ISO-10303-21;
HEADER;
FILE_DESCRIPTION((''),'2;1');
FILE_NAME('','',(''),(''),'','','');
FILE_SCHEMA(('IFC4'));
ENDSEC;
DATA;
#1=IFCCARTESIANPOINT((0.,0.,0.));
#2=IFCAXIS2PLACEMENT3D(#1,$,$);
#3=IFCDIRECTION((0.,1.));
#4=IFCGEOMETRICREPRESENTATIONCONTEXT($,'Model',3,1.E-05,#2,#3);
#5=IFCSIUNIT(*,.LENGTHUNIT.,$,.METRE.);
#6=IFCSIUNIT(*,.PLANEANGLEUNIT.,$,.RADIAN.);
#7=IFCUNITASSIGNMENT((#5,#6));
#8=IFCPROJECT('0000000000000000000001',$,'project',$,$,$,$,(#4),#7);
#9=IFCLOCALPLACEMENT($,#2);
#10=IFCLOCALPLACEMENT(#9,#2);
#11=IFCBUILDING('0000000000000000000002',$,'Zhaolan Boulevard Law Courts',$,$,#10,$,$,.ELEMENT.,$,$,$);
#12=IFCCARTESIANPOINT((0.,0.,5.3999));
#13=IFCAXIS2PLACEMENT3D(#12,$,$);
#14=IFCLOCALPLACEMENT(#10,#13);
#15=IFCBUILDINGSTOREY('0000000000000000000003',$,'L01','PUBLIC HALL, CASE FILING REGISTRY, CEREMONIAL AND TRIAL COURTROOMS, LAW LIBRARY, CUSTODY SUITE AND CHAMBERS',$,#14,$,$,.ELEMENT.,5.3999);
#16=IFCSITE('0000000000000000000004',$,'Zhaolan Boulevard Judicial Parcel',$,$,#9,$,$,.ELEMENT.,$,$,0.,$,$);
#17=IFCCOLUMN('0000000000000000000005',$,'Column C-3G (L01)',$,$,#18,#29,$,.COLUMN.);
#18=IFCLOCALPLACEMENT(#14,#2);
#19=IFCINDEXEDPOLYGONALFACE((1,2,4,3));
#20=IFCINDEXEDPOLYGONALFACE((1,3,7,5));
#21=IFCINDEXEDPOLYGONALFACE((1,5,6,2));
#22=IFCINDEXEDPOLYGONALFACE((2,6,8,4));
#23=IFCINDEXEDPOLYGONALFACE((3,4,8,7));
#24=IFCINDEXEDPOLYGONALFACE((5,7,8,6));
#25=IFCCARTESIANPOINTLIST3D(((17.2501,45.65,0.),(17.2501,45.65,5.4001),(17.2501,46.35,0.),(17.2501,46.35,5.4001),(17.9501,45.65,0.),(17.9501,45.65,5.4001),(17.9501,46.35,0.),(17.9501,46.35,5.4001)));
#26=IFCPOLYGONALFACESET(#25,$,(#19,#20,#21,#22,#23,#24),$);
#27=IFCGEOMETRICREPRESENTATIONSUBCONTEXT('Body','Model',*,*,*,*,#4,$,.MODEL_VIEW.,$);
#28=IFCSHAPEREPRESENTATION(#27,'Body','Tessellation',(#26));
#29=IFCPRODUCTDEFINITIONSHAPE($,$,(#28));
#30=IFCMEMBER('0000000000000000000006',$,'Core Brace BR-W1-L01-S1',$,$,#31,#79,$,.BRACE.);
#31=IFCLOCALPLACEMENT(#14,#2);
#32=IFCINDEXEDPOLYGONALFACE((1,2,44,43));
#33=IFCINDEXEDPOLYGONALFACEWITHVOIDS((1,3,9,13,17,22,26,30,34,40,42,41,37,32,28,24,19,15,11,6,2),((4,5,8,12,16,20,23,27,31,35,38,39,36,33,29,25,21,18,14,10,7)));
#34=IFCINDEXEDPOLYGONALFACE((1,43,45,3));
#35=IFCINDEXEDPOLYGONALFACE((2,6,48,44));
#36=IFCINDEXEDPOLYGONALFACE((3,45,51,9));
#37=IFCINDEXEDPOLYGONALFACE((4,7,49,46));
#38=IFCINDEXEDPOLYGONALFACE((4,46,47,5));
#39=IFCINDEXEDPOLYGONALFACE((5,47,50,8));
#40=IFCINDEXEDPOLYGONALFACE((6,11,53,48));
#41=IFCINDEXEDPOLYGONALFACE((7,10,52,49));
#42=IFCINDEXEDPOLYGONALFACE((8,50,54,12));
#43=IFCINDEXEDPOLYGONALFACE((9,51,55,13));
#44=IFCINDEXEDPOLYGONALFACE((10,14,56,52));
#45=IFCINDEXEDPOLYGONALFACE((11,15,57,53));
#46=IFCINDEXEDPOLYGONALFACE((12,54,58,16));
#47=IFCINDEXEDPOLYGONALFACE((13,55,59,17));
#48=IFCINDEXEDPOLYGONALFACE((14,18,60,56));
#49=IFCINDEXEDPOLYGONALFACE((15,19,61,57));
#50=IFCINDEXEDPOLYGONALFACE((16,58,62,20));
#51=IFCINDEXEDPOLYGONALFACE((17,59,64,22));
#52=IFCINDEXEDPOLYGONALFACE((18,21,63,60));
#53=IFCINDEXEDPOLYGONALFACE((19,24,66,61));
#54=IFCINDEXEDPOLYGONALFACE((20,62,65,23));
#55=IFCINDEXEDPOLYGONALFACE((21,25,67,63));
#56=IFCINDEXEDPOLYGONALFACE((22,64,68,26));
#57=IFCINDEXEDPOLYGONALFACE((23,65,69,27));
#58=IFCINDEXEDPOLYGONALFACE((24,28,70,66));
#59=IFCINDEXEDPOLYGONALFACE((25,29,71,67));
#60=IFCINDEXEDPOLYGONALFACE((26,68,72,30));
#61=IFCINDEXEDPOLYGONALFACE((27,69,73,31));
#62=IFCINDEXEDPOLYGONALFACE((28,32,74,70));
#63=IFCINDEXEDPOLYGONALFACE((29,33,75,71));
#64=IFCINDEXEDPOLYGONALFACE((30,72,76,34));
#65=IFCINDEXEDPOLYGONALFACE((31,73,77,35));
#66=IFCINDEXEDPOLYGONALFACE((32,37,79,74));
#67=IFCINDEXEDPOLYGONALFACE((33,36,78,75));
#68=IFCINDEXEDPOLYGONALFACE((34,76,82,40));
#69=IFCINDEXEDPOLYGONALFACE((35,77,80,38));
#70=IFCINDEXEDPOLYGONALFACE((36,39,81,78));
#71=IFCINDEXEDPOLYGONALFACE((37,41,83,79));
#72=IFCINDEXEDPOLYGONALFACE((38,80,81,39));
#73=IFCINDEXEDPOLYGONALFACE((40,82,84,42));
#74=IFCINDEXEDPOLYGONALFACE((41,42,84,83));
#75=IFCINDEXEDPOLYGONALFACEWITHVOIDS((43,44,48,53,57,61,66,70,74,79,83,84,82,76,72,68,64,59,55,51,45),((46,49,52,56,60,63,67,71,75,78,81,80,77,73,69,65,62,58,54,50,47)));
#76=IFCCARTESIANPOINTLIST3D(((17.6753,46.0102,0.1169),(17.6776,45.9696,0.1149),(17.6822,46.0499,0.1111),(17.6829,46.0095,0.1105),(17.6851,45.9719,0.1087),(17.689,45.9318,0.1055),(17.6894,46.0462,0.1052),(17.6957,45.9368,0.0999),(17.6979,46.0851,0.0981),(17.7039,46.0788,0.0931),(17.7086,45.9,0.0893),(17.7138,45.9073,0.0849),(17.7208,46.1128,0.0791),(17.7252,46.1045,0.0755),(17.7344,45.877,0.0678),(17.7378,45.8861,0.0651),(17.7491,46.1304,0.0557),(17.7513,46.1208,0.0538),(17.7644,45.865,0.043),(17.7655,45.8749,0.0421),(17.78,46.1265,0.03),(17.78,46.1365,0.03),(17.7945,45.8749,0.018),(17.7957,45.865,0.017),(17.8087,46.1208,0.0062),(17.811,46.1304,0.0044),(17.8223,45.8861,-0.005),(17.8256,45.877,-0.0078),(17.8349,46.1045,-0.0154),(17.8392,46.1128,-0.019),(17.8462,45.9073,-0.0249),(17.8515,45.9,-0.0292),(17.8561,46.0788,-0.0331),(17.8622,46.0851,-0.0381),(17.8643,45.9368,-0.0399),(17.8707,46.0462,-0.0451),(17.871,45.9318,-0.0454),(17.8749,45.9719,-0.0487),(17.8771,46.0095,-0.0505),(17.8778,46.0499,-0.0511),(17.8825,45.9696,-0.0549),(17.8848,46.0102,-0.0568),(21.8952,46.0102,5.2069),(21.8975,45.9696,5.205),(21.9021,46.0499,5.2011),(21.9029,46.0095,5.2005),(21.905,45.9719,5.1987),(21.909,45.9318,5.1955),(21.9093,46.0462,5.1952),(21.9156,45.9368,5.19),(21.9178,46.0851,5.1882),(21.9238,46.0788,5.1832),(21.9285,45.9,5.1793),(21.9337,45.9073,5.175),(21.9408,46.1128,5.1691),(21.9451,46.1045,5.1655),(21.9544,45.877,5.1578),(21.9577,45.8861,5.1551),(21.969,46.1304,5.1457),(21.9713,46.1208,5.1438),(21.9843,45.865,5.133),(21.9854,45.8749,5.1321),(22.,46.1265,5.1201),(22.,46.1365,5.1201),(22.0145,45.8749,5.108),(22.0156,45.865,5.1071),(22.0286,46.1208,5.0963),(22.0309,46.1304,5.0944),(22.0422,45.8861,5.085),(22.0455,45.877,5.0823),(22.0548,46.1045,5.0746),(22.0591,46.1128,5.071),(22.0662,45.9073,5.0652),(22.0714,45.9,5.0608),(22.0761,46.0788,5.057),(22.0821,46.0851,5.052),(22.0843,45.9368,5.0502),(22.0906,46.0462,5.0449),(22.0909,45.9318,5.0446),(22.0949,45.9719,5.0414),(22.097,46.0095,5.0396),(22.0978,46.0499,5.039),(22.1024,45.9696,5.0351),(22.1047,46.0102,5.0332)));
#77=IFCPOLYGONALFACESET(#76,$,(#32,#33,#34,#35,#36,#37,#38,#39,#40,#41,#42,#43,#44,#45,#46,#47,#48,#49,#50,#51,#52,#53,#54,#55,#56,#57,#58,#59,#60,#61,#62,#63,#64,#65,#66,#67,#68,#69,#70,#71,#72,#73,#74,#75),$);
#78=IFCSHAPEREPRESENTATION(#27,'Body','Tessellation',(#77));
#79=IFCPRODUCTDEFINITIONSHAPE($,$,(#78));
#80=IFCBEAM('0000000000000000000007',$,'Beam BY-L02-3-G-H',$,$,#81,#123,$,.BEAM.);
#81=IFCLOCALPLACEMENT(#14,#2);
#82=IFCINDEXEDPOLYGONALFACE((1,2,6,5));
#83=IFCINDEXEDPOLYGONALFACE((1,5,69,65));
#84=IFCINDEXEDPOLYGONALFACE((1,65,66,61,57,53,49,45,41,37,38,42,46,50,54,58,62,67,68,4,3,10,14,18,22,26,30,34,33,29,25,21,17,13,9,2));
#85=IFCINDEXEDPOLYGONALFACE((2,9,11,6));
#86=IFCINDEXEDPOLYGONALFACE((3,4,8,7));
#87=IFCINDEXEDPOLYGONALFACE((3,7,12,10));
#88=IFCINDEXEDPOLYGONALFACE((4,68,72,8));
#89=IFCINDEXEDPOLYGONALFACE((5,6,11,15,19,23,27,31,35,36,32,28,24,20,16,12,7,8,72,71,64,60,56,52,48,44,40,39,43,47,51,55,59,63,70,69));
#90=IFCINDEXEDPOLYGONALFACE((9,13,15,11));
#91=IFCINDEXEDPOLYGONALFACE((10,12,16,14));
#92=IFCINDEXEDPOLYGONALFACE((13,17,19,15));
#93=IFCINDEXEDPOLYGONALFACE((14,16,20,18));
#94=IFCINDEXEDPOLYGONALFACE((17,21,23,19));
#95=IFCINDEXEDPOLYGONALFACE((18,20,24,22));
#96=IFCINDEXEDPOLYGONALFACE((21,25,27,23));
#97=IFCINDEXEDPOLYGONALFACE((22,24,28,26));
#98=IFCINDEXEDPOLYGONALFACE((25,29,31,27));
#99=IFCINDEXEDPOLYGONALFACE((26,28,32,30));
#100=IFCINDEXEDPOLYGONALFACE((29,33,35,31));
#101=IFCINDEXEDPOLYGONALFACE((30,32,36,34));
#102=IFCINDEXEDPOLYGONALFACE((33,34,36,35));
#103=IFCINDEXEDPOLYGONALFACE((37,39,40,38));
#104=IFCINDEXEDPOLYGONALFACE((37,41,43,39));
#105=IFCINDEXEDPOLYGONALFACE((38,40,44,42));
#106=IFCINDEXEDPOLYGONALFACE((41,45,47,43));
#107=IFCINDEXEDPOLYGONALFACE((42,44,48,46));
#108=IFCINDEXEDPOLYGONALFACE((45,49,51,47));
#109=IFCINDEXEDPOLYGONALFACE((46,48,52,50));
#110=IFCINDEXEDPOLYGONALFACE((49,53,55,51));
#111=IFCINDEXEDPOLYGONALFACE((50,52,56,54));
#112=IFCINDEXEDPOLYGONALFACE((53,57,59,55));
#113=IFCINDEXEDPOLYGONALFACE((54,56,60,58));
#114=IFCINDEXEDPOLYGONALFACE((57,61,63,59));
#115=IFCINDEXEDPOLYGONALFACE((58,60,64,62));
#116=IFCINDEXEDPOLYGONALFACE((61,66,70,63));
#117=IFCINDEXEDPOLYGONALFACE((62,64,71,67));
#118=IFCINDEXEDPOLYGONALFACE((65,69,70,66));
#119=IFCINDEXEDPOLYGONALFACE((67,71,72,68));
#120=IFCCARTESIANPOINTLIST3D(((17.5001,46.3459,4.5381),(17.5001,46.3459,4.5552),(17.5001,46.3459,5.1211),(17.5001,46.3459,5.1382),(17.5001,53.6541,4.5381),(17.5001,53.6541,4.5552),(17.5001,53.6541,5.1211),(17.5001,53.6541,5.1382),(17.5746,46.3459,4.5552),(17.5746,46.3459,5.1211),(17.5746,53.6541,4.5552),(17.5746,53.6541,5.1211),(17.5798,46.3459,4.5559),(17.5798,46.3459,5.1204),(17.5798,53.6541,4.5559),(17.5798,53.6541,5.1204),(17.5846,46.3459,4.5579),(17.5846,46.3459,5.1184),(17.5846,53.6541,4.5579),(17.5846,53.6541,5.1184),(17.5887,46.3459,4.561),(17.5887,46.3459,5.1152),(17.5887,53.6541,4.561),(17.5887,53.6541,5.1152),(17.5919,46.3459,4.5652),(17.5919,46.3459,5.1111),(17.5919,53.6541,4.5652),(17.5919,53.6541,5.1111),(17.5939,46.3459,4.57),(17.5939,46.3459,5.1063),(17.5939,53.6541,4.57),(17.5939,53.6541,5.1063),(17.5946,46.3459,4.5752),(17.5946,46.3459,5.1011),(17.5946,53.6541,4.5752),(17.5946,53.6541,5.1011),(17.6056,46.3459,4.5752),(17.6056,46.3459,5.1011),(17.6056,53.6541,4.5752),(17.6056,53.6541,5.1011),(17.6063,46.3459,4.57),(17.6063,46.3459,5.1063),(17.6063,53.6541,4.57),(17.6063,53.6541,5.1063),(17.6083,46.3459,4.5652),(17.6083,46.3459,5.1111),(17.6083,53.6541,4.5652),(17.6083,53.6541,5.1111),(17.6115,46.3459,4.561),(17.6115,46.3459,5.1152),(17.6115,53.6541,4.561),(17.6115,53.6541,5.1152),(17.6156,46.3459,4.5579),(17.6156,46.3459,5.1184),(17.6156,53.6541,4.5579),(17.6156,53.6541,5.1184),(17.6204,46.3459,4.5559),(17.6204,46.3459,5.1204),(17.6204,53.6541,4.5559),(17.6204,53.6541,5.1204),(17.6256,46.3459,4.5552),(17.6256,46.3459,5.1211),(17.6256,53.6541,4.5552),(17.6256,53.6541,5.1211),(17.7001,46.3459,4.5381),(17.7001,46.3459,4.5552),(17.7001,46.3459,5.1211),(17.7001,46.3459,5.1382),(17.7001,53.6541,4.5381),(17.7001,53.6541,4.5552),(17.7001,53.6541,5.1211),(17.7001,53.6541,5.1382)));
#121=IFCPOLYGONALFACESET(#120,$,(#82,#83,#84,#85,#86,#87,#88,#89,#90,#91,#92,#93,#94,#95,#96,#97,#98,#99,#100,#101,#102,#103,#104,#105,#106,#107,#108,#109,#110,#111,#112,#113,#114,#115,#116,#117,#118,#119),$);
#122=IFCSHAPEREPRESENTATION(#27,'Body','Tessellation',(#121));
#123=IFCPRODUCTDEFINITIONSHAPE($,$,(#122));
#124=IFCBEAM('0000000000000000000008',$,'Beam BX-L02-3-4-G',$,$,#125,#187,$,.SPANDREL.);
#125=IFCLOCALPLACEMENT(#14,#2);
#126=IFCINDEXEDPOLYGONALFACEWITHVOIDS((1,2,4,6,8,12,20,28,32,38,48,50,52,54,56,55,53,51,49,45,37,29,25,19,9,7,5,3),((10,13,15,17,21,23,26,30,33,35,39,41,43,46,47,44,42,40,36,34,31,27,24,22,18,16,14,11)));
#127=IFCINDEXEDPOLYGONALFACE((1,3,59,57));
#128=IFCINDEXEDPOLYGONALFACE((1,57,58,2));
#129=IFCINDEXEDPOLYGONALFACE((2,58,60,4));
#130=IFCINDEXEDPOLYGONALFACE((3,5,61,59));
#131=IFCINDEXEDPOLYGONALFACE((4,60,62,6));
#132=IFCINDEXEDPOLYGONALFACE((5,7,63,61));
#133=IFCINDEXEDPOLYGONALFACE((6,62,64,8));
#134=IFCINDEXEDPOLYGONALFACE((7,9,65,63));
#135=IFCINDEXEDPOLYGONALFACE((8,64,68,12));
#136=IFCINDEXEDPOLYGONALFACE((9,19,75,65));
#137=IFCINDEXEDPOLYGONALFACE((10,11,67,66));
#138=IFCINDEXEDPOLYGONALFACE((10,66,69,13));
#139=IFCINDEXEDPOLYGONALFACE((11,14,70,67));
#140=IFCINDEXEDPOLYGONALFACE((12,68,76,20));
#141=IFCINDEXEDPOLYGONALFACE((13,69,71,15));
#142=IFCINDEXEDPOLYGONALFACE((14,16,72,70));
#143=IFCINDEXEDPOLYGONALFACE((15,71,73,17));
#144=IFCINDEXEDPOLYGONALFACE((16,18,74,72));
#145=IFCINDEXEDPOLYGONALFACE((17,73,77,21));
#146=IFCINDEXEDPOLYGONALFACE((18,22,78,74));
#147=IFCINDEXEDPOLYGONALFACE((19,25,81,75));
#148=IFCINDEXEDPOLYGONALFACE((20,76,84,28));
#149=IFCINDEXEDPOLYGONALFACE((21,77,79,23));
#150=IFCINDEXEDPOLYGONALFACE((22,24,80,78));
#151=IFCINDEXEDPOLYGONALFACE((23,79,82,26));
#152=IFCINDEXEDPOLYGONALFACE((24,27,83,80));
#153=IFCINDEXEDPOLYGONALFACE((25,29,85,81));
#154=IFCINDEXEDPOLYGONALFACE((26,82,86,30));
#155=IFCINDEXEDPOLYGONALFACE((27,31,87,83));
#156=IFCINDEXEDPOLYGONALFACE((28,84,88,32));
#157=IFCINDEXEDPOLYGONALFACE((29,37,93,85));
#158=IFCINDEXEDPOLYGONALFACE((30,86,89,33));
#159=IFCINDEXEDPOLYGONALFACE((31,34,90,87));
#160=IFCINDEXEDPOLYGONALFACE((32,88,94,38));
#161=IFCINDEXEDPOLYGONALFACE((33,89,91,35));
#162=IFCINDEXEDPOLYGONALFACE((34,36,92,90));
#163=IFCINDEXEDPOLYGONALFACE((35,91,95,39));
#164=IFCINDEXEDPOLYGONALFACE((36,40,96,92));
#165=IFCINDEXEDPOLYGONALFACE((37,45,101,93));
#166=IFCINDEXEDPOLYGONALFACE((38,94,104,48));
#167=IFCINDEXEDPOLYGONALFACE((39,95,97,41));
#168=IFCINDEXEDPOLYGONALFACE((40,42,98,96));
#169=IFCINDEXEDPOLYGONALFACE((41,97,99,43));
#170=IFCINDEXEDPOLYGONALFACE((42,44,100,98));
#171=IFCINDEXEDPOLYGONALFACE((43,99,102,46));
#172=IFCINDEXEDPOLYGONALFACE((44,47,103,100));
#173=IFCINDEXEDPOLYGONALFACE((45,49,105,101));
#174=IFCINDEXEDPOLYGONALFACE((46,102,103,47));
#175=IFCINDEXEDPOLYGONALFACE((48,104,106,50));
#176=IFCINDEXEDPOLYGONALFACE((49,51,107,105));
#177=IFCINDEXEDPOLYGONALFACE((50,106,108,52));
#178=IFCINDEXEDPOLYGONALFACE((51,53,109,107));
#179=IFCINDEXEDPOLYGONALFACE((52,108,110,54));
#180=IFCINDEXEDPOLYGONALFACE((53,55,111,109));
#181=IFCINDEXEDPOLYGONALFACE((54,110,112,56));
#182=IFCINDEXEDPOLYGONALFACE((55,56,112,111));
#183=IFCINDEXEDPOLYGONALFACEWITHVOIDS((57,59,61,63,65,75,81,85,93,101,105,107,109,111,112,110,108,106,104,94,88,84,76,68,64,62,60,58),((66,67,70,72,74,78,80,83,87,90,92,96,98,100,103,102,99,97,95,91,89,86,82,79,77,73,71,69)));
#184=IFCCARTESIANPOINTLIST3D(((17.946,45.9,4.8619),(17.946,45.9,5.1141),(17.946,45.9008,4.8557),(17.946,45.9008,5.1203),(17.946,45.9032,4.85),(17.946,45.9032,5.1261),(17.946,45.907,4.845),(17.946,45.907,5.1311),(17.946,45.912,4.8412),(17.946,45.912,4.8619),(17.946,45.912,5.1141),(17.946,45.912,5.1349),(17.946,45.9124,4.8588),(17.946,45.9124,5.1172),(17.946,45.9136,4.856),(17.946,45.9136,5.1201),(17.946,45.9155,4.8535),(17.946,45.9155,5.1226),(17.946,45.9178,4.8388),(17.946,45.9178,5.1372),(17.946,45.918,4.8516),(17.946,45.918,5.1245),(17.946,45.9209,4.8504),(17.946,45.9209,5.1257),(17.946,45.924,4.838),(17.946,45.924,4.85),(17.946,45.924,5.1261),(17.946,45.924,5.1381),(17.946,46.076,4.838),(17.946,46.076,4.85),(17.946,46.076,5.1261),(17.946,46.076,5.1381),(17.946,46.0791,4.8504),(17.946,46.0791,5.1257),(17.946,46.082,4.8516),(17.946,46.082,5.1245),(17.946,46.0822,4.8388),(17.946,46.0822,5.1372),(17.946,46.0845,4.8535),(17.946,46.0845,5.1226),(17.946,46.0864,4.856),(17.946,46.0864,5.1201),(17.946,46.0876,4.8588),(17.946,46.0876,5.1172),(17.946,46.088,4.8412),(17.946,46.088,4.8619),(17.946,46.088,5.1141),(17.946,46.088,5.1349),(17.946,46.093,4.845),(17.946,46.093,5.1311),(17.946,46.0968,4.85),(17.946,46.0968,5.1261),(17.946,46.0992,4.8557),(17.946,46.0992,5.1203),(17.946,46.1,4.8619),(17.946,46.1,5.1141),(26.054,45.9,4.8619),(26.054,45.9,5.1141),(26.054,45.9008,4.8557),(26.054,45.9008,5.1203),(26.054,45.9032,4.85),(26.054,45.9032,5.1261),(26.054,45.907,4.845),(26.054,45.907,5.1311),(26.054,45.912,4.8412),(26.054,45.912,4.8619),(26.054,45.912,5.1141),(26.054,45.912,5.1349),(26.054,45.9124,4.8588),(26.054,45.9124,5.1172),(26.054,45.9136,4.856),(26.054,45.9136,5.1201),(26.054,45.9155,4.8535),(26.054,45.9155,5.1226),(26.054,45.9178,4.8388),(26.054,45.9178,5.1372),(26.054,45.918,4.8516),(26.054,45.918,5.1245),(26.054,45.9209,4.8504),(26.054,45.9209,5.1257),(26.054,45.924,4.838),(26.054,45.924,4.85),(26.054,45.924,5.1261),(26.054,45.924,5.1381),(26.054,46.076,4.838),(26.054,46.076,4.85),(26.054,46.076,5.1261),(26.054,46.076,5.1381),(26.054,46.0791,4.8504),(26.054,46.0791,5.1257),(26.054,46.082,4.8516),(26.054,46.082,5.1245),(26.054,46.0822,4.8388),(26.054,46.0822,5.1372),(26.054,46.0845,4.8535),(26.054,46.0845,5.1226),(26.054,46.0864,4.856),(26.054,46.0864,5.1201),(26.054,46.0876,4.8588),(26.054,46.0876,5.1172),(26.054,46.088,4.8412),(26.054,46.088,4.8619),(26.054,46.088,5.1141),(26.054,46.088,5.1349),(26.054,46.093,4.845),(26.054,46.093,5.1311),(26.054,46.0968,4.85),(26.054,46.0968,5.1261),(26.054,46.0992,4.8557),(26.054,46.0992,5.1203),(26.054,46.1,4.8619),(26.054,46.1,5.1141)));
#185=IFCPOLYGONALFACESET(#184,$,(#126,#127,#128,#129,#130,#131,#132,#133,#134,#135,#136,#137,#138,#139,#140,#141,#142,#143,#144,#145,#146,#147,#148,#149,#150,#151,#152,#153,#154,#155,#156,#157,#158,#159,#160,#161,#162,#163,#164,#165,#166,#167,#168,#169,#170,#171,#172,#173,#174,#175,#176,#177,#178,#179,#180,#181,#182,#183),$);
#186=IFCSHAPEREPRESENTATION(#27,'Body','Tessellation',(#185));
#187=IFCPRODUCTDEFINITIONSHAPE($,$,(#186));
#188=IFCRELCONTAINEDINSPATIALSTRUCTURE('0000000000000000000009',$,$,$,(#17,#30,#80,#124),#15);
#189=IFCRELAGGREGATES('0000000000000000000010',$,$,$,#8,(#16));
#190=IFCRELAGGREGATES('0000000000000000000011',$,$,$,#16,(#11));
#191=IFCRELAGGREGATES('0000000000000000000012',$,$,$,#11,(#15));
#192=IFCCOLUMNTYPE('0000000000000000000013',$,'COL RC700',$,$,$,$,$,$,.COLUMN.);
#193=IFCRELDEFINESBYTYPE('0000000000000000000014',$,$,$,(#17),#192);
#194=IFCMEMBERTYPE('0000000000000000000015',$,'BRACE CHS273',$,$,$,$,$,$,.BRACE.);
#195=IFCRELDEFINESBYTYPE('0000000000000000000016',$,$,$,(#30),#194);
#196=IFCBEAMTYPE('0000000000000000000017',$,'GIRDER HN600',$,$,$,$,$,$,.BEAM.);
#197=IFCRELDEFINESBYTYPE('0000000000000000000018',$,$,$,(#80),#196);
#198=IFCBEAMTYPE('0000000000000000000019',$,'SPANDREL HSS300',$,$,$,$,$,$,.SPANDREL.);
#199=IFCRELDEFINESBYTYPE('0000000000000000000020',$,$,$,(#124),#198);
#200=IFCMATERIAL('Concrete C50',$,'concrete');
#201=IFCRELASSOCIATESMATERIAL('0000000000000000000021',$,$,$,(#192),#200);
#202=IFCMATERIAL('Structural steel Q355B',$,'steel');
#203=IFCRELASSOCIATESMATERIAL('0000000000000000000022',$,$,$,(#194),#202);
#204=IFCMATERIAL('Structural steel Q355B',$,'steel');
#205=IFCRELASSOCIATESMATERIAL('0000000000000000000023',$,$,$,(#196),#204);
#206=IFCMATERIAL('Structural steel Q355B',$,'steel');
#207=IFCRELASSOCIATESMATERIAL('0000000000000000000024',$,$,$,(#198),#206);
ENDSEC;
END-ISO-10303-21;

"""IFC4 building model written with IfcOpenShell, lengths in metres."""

from ifc_helpers import new_model, si_unit, direction, frame, origin, origin_2d, place, context, subcontext, project, spatial, rectangle, hollow_rectangle, hollow_circle, i_section, extrude, material, material_profile, profile_set, type_object, element, save


model = new_model("IFC4")

# Units and contexts
model_context = context("Model", 3, precision=1e-05, world=origin(), true_north=direction((0.0, 1.0)))
body_context = subcontext(model_context, "Body", "Model", "MODEL_VIEW")
ifc_project = project(units=[si_unit("LENGTHUNIT", "METRE"), si_unit("PLANEANGLEUNIT", "RADIAN")], contexts=[model_context])

# Site, building, storey
site_placement = place(None, origin())
site = spatial("IfcSite", under=ifc_project, at=site_placement, Name="Zhaolan Boulevard Judicial Parcel", CompositionType="ELEMENT", RefElevation=0.0)
building_placement = place(site_placement, origin())
building = spatial("IfcBuilding", under=site, at=building_placement, Name="Zhaolan Boulevard Law Courts", CompositionType="ELEMENT")
storey_placement = place(building_placement, frame((0.0, 0.0, 5.3999)))
storey = spatial("IfcBuildingStorey", under=building, at=storey_placement, Name="L01", Description="PUBLIC HALL, CASE FILING REGISTRY, CEREMONIAL AND TRIAL COURTROOMS, LAW LIBRARY, CUSTODY SUITE AND CHAMBERS", CompositionType="ELEMENT", Elevation=5.3999)

# Column
ifc_material_1 = material(Name="Concrete C50", Category="concrete")
ifc_material_profile_1 = material_profile(ifc_material_1, rectangle(XDim=0.7, YDim=0.7, at=origin_2d()), Name="RC700x700")
ifc_profile_set_1 = profile_set([ifc_material_profile_1], Name="Concrete C50")
column_type = type_object("IfcColumnType", Name="COL RC700", PredefinedType="COLUMN", material=ifc_profile_set_1)
column_placement = place(storey_placement, frame((17.6001, 46.0, 0.0), z_axis=(0.0, 0.0, 1.0), x_axis=(1.0, 0.0, 0.0)))
element("IfcColumn", 1, at=column_placement, inside=storey, type_object=column_type, Name="Column C-3G (L01)", PredefinedType="COLUMN", context=body_context, shape_type="SweptSolid", body=[
    extrude(rectangle(XDim=0.7, YDim=0.7, at=origin_2d()), origin(), (0.0, 0.0, 1.0), 5.4001),
])

# Member
ifc_material_2 = material(Name="Structural steel Q355B", Category="steel")
ifc_material_profile_2 = material_profile(ifc_material_2, hollow_circle(Radius=0.1365, WallThickness=0.01, at=origin_2d()), Name="CHS273x10")
ifc_profile_set_2 = profile_set([ifc_material_profile_2], Name="Structural steel Q355B")
member_type = type_object("IfcMemberType", Name="BRACE CHS273", PredefinedType="BRACE", material=ifc_profile_set_2)
member_placement = place(storey_placement, frame((17.78, 46.0, 0.03), z_axis=(0.638239, 0.0, 0.769838), x_axis=(0.0, 1.0, 0.0)))
element("IfcMember", 2, at=member_placement, inside=storey, type_object=member_type, Name="Core Brace BR-W1-L01-S1", PredefinedType="BRACE", context=body_context, shape_type="SweptSolid", body=[
    extrude(hollow_circle(Radius=0.1365, WallThickness=0.01, at=origin_2d()), origin(), (0.0, 0.0, 1.0), 6.6118),
])

# Beams
ifc_material_3 = material(Name="Structural steel Q355B", Category="steel")
ifc_material_profile_3 = material_profile(ifc_material_3, i_section(OverallWidth=0.2, OverallDepth=0.6001, WebThickness=0.011, FlangeThickness=0.0171, FilletRadius=0.02, at=origin_2d()), Name="HN600x200")
ifc_profile_set_3 = profile_set([ifc_material_profile_3], Name="Structural steel Q355B")
beam_type_1 = type_object("IfcBeamType", Name="GIRDER HN600", PredefinedType="BEAM", material=ifc_profile_set_3)
beam_1_placement = place(storey_placement, frame((17.6001, 46.3459, 4.8381), z_axis=(0.0, 1.0, 0.0), x_axis=(-1.0, 0.0, 0.0)))
element("IfcBeam", 3, at=beam_1_placement, inside=storey, type_object=beam_type_1, Name="Beam BY-L02-3-G-H", PredefinedType="BEAM", context=body_context, shape_type="SweptSolid", body=[
    extrude(i_section(OverallWidth=0.2, OverallDepth=0.6001, WebThickness=0.011, FlangeThickness=0.0171, FilletRadius=0.02, at=origin_2d()), origin(), (0.0, 0.0, 1.0), 7.3081),
])
ifc_material_4 = material(Name="Structural steel Q355B", Category="steel")
ifc_material_profile_4 = material_profile(ifc_material_4, hollow_rectangle(XDim=0.2, YDim=0.3, WallThickness=0.012, InnerFilletRadius=0.012, OuterFilletRadius=0.0239, at=origin_2d()), Name="HSS300x200x12")
ifc_profile_set_4 = profile_set([ifc_material_profile_4], Name="Structural steel Q355B")
beam_type_2 = type_object("IfcBeamType", Name="SPANDREL HSS300", PredefinedType="SPANDREL", material=ifc_profile_set_4)
beam_2_placement = place(storey_placement, frame((17.946, 46.0, 4.988), z_axis=(1.0, 0.0, 0.0), x_axis=(0.0, 1.0, 0.0)))
element("IfcBeam", 4, at=beam_2_placement, inside=storey, type_object=beam_type_2, Name="Beam BX-L02-3-4-G", PredefinedType="SPANDREL", context=body_context, shape_type="SweptSolid", body=[
    extrude(hollow_rectangle(XDim=0.2, YDim=0.3, WallThickness=0.012, InnerFilletRadius=0.012, OuterFilletRadius=0.0239, at=origin_2d()), origin(), (0.0, 0.0, 1.0), 8.1079),
])

save(model, "model.ifc")
